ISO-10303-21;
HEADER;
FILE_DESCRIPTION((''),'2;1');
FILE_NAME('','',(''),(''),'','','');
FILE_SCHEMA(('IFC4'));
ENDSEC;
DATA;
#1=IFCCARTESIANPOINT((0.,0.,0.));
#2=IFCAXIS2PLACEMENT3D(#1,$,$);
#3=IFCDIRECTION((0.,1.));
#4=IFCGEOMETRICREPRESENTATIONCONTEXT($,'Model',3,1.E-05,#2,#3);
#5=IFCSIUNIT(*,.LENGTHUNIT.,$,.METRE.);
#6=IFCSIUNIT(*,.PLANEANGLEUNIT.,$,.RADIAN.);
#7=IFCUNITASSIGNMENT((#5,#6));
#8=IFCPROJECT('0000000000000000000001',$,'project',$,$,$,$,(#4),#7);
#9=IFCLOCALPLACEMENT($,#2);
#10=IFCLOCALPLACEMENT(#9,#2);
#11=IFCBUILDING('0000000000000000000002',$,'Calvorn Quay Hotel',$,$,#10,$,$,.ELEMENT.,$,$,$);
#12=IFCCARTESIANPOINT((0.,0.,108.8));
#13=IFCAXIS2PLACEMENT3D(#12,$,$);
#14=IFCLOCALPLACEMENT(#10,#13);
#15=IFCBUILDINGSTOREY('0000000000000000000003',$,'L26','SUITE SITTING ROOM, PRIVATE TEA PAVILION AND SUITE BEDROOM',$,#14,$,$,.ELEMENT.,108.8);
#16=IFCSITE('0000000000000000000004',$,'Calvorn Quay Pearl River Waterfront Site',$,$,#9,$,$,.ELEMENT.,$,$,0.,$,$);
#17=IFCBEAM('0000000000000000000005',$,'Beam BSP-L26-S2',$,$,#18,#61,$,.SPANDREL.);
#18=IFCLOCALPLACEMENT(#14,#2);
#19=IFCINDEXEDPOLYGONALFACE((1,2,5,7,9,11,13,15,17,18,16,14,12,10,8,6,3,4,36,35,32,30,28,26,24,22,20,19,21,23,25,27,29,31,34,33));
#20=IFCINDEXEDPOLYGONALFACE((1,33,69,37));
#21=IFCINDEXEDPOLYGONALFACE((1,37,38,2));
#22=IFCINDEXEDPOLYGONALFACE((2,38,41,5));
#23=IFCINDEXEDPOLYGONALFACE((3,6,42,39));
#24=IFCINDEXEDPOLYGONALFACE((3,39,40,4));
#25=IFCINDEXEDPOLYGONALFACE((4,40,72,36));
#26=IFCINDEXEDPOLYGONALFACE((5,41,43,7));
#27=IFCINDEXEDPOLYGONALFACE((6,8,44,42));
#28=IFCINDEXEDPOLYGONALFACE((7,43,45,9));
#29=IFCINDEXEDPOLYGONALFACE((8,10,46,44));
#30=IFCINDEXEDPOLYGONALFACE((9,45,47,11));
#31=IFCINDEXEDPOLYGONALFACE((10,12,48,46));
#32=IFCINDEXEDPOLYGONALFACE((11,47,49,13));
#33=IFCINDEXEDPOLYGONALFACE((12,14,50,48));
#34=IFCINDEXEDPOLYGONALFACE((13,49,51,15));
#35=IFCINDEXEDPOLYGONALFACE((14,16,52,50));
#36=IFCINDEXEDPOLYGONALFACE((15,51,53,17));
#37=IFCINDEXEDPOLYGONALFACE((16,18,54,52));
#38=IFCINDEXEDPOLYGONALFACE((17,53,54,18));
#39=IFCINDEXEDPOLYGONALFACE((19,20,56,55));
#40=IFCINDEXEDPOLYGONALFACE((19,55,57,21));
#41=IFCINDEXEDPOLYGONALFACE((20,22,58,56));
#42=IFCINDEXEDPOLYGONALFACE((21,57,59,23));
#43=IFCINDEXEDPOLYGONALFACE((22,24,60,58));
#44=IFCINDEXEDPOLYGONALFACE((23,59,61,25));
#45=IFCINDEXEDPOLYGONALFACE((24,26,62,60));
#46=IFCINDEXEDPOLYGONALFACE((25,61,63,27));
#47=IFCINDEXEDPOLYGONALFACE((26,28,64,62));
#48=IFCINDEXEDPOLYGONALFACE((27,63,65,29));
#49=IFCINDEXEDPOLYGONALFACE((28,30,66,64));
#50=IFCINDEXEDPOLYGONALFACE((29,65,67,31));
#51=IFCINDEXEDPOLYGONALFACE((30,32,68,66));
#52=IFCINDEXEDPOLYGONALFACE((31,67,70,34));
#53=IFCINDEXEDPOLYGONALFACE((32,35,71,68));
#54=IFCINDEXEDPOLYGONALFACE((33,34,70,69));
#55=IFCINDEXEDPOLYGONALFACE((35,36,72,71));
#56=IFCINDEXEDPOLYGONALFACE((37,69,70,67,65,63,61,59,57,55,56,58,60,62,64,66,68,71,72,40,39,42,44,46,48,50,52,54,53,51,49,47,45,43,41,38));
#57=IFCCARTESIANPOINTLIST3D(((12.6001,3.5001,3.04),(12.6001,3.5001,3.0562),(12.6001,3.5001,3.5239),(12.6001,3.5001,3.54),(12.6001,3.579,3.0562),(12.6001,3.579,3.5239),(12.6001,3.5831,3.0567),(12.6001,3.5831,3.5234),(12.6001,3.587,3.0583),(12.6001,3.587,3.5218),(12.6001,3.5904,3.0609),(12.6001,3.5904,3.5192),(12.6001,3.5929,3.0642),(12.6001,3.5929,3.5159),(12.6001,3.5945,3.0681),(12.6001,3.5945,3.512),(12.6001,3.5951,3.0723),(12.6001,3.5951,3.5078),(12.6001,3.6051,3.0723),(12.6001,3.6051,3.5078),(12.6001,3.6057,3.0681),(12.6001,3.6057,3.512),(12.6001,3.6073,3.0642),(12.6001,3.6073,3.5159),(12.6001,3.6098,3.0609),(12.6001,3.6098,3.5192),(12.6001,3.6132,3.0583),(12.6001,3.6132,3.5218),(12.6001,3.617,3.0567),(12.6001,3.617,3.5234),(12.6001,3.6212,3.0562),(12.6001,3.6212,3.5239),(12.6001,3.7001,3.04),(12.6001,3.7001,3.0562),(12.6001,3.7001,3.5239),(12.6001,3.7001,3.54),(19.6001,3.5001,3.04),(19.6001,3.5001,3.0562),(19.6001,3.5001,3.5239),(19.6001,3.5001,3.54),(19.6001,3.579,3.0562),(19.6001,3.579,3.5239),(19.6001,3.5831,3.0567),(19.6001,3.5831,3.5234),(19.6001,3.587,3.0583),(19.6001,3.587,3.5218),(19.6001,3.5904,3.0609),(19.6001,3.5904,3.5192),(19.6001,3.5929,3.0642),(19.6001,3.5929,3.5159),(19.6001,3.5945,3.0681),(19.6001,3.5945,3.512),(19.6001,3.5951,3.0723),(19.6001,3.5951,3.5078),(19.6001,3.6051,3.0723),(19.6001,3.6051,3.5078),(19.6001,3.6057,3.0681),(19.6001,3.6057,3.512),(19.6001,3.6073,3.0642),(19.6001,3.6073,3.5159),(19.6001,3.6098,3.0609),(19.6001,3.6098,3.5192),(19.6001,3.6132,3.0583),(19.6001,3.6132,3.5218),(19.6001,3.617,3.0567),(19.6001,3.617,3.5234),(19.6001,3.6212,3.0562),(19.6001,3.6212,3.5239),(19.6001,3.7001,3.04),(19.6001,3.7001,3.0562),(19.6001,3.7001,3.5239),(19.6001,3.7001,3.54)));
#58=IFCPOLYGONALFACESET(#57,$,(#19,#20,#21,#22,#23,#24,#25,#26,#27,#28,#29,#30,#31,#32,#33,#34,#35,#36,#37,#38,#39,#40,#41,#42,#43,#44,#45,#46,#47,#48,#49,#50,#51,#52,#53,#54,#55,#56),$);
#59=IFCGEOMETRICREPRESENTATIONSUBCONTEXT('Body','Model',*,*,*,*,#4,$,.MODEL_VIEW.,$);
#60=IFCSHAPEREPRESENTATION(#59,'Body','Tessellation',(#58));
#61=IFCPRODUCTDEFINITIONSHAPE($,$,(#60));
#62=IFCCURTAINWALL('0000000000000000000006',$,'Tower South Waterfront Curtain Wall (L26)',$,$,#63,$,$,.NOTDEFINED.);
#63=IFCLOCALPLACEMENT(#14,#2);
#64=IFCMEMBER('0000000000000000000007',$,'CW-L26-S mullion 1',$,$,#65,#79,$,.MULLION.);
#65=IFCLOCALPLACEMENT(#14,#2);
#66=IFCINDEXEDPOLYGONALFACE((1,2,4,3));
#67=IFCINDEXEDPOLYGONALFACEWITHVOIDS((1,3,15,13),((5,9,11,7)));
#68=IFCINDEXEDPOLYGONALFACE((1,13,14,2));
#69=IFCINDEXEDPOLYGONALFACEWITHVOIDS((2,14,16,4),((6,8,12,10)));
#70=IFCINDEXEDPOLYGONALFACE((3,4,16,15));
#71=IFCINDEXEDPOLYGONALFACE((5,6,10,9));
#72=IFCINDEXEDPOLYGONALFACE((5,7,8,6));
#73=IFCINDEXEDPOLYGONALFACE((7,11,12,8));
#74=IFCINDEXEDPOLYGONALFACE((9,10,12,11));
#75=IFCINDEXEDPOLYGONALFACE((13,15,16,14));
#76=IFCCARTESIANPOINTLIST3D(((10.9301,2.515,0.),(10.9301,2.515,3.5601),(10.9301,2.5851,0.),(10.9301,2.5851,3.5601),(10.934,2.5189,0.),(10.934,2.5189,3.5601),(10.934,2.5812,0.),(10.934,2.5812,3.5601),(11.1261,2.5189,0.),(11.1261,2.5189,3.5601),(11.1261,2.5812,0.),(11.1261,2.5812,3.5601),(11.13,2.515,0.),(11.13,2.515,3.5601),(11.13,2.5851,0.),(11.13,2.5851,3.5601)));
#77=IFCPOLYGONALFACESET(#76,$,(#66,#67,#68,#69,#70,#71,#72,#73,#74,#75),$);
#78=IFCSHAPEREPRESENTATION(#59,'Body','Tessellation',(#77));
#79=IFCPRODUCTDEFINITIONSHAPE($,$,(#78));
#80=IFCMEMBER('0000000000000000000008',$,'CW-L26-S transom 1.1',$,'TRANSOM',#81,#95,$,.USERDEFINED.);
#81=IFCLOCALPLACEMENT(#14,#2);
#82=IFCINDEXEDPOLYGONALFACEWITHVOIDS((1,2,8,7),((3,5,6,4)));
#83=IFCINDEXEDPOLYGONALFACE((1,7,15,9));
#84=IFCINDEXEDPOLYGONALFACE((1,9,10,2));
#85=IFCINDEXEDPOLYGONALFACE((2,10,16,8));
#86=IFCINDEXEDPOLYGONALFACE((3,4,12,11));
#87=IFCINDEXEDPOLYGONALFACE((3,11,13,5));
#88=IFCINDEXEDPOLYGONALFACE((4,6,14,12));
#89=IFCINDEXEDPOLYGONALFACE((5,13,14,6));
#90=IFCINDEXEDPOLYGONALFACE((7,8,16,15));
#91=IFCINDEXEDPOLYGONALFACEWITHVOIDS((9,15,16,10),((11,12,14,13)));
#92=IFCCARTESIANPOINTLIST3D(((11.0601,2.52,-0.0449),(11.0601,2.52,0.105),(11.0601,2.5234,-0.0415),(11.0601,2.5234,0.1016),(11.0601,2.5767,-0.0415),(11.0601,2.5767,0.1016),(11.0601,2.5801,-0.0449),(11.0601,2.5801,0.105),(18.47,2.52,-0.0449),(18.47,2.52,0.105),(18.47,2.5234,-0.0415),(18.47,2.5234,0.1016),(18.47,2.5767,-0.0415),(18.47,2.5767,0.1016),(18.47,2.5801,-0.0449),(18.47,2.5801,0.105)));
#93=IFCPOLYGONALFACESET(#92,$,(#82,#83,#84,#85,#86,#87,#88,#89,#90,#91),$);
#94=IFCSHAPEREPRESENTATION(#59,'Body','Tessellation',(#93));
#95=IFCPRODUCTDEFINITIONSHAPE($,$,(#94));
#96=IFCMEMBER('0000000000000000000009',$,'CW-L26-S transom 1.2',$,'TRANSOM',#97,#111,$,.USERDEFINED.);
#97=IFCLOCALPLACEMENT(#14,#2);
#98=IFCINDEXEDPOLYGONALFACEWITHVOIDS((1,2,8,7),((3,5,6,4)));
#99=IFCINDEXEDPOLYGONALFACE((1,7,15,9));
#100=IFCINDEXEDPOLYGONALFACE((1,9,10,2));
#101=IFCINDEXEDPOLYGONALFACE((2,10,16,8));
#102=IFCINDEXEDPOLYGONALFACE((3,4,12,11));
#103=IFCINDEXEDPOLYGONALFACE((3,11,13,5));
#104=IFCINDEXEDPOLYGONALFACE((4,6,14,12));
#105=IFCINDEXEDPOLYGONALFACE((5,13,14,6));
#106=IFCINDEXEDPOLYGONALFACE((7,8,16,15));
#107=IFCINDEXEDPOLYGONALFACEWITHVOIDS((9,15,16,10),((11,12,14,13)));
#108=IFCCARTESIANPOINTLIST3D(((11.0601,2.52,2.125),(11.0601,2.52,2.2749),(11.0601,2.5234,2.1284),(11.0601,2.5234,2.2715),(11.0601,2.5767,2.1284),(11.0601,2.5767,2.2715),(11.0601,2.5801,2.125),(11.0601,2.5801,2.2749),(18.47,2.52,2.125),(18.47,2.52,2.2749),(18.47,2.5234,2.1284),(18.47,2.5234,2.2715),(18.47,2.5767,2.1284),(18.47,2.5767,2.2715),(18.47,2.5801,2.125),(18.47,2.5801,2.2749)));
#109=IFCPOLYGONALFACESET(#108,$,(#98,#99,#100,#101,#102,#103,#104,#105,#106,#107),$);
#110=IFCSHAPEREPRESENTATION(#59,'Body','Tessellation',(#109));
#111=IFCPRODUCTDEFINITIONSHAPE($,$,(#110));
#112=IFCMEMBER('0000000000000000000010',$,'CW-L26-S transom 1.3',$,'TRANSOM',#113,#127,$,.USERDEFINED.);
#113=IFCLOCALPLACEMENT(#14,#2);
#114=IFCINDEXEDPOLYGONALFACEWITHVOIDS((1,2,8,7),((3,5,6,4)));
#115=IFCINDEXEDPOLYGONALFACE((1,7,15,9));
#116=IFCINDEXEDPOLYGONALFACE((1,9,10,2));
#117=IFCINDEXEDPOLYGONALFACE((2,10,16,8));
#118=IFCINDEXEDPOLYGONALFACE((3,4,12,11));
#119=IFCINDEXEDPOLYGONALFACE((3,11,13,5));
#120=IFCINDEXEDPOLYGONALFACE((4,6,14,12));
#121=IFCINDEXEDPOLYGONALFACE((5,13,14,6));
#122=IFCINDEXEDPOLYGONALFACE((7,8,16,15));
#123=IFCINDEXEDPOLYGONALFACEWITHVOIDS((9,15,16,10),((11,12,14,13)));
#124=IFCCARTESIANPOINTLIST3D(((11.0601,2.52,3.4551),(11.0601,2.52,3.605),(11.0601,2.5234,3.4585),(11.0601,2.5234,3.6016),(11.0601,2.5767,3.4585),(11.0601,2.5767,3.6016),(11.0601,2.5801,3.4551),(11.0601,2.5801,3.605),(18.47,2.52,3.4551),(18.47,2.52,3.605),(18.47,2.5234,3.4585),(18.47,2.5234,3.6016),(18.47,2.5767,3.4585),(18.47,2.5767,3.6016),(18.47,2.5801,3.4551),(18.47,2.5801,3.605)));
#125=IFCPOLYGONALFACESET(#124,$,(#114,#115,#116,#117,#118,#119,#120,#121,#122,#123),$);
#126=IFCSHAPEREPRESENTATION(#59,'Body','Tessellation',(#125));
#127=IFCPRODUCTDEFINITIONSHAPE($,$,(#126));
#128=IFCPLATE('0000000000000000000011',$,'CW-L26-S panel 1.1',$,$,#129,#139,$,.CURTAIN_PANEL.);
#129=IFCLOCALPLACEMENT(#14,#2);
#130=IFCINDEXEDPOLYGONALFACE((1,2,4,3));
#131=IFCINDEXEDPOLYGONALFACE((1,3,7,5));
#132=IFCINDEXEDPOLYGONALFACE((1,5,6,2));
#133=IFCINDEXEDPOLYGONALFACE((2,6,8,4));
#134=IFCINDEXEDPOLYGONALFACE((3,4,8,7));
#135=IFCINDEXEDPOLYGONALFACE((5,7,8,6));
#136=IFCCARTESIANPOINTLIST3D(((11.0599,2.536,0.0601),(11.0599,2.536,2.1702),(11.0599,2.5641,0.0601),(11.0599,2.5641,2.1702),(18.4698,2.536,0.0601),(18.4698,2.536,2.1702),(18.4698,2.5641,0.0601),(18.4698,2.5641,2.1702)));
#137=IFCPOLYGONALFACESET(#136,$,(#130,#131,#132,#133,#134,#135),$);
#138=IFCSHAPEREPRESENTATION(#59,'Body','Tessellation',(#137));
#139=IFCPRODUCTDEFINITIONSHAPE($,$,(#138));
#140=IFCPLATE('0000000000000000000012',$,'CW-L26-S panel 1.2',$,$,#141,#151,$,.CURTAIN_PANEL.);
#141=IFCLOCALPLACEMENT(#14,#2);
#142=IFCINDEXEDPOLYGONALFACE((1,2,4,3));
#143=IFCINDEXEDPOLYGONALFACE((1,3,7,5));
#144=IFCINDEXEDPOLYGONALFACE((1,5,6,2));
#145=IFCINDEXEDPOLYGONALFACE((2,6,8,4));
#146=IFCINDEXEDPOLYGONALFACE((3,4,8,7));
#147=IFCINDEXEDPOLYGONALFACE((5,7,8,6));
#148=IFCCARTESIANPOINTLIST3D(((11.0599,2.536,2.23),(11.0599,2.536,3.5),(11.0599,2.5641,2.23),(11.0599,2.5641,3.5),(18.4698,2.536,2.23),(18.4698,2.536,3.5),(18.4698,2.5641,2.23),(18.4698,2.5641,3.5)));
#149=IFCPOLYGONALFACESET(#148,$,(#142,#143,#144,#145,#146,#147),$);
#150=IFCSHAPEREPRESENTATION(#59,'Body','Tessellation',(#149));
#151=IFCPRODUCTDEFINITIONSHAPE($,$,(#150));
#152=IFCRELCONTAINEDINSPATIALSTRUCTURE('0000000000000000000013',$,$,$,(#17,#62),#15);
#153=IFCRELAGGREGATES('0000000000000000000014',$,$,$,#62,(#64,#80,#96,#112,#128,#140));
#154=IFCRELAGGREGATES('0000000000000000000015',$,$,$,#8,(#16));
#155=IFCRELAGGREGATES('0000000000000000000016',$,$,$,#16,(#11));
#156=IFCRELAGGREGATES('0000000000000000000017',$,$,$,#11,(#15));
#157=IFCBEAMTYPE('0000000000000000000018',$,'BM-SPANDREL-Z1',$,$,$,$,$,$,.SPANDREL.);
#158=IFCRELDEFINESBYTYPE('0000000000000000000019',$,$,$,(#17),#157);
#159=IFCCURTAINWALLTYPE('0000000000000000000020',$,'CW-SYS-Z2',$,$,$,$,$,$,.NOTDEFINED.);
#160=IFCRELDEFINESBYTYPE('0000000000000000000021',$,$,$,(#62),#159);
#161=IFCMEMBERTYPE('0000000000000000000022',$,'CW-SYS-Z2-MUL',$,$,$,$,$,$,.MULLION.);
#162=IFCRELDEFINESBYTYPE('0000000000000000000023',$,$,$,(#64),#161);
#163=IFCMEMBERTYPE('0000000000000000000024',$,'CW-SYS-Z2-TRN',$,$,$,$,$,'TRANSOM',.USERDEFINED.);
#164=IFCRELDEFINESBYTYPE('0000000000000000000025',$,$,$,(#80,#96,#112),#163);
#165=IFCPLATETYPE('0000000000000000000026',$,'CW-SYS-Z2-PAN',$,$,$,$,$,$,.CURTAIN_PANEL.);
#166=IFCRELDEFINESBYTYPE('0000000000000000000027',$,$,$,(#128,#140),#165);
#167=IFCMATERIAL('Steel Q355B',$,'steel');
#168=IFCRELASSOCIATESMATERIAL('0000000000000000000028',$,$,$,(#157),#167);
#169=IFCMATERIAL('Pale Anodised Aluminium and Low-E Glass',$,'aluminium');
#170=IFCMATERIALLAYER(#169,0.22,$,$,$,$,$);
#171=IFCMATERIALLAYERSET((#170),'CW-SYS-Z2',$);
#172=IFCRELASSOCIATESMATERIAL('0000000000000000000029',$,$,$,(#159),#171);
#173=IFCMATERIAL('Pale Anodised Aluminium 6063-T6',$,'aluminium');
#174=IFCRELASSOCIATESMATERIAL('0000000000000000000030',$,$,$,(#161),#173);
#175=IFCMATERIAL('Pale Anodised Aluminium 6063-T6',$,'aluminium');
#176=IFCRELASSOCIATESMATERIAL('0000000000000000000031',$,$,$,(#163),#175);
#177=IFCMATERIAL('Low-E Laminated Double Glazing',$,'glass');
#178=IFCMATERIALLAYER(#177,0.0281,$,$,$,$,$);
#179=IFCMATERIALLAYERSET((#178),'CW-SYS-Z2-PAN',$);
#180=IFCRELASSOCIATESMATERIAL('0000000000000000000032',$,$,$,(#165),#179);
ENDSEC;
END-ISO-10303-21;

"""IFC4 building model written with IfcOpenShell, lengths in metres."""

from ifc_helpers import new_model, si_unit, direction, frame, origin, origin_2d, place, context, subcontext, project, spatial, rectangle, hollow_rectangle, i_section, extrude, material, layer, layer_set, material_profile, profile_set, type_object, element, aggregate, save


model = new_model("IFC4")

# Units and contexts
model_context = context("Model", 3, precision=1e-05, world=origin(), true_north=direction((0.0, 1.0)))
body_context = subcontext(model_context, "Body", "Model", "MODEL_VIEW")
ifc_project = project(units=[si_unit("LENGTHUNIT", "METRE"), si_unit("PLANEANGLEUNIT", "RADIAN")], contexts=[model_context])

# Site, building, storey
site_placement = place(None, origin())
site = spatial("IfcSite", under=ifc_project, at=site_placement, Name="Calvorn Quay Pearl River Waterfront Site", CompositionType="ELEMENT", RefElevation=0.0)
building_placement = place(site_placement, origin())
building = spatial("IfcBuilding", under=site, at=building_placement, Name="Calvorn Quay Hotel", CompositionType="ELEMENT")
storey_placement = place(building_placement, frame((0.0, 0.0, 108.8)))
storey = spatial("IfcBuildingStorey", under=building, at=storey_placement, Name="L26", Description="SUITE SITTING ROOM, PRIVATE TEA PAVILION AND SUITE BEDROOM", CompositionType="ELEMENT", Elevation=108.8)

# Beam
ifc_material_1 = material(Name="Steel Q355B", Category="steel")
ifc_material_profile_1 = material_profile(ifc_material_1, i_section(OverallWidth=0.2, OverallDepth=0.5, WebThickness=0.01, FlangeThickness=0.0161, FilletRadius=0.0161, at=origin_2d()), Name="HN500x200x10x16")
ifc_profile_set_1 = profile_set([ifc_material_profile_1], Name="Steel Q355B")
beam_type_1 = type_object("IfcBeamType", Name="BM-SPANDREL-Z1", PredefinedType="SPANDREL", material=ifc_profile_set_1)
beam_1_placement = place(storey_placement, frame((12.6001, 3.6001, 3.29), z_axis=(1.0, 0.0, 0.0), x_axis=(0.0, 1.0, 0.0)))
element("IfcBeam", 1, at=beam_1_placement, inside=storey, type_object=beam_type_1, Name="Beam BSP-L26-S2", PredefinedType="SPANDREL", context=body_context, shape_type="SweptSolid", body=[
    extrude(i_section(OverallWidth=0.2, OverallDepth=0.5, WebThickness=0.01, FlangeThickness=0.0161, FilletRadius=0.0161, at=origin_2d()), origin(), (0.0, 0.0, 1.0), 7.0),
])

# Curtain wall, members, plates
ifc_material_2 = material(Name="Pale Anodised Aluminium and Low-E Glass", Category="aluminium")
ifc_layer_1 = layer(ifc_material_2, 0.22)
ifc_layer_set_1 = layer_set([ifc_layer_1], Name="CW-SYS-Z2")
curtain_wall_type = type_object("IfcCurtainWallType", Name="CW-SYS-Z2", PredefinedType="NOTDEFINED", material=ifc_layer_set_1)
curtain_wall_placement = place(storey_placement, origin())
curtain_wall = element("IfcCurtainWall", 2, at=curtain_wall_placement, inside=storey, type_object=curtain_wall_type, Name="Tower South Waterfront Curtain Wall (L26)", PredefinedType="NOTDEFINED")
ifc_material_3 = material(Name="Pale Anodised Aluminium 6063-T6", Category="aluminium")
ifc_material_profile_2 = material_profile(ifc_material_3, hollow_rectangle(XDim=0.0701, YDim=0.2, WallThickness=0.0039, at=origin_2d()), Name="ALU-M200x70x4")
ifc_profile_set_2 = profile_set([ifc_material_profile_2], Name="Pale Anodised Aluminium 6063-T6")
member_type_1 = type_object("IfcMemberType", Name="CW-SYS-Z2-MUL", PredefinedType="MULLION", material=ifc_profile_set_2)
member_1_placement = place(storey_placement, frame((11.03, 2.55, 0.0), z_axis=(0.0, 0.0, 1.0), x_axis=(0.0, 1.0, 0.0)))
member_1 = element("IfcMember", 3, at=member_1_placement, type_object=member_type_1, Name="CW-L26-S mullion 1", PredefinedType="MULLION", context=body_context, shape_type="SweptSolid", body=[
    extrude(hollow_rectangle(XDim=0.0701, YDim=0.2, WallThickness=0.0039, at=origin_2d()), origin(), (0.0, 0.0, 1.0), 3.5601),
])
ifc_material_4 = material(Name="Pale Anodised Aluminium 6063-T6", Category="aluminium")
ifc_material_profile_3 = material_profile(ifc_material_4, hollow_rectangle(XDim=0.0601, YDim=0.1499, WallThickness=0.0034, at=origin_2d()), Name="ALU-T150x60x3.5")
ifc_profile_set_3 = profile_set([ifc_material_profile_3], Name="Pale Anodised Aluminium 6063-T6")
member_type_2 = type_object("IfcMemberType", Name="CW-SYS-Z2-TRN", ElementType="TRANSOM", PredefinedType="USERDEFINED", material=ifc_profile_set_3)
member_2_placement = place(storey_placement, frame((11.0601, 2.55, 0.03), z_axis=(1.0, 0.0, 0.0), x_axis=(0.0, 1.0, 0.0)))
member_2 = element("IfcMember", 4, at=member_2_placement, type_object=member_type_2, Name="CW-L26-S transom 1.1", ObjectType="TRANSOM", PredefinedType="USERDEFINED", context=body_context, shape_type="SweptSolid", body=[
    extrude(hollow_rectangle(XDim=0.0601, YDim=0.1499, WallThickness=0.0034, at=origin_2d()), origin(), (0.0, 0.0, 1.0), 7.4099),
])
member_3_placement = place(storey_placement, frame((11.0601, 2.55, 2.2), z_axis=(1.0, 0.0, 0.0), x_axis=(0.0, 1.0, 0.0)))
member_3 = element("IfcMember", 5, at=member_3_placement, type_object=member_type_2, Name="CW-L26-S transom 1.2", ObjectType="TRANSOM", PredefinedType="USERDEFINED", context=body_context, shape_type="SweptSolid", body=[
    extrude(hollow_rectangle(XDim=0.0601, YDim=0.1499, WallThickness=0.0034, at=origin_2d()), origin(), (0.0, 0.0, 1.0), 7.4099),
])
member_4_placement = place(storey_placement, frame((11.0601, 2.55, 3.53), z_axis=(1.0, 0.0, 0.0), x_axis=(0.0, 1.0, 0.0)))
member_4 = element("IfcMember", 6, at=member_4_placement, type_object=member_type_2, Name="CW-L26-S transom 1.3", ObjectType="TRANSOM", PredefinedType="USERDEFINED", context=body_context, shape_type="SweptSolid", body=[
    extrude(hollow_rectangle(XDim=0.0601, YDim=0.1499, WallThickness=0.0034, at=origin_2d()), origin(), (0.0, 0.0, 1.0), 7.4099),
])
ifc_material_5 = material(Name="Low-E Laminated Double Glazing", Category="glass")
ifc_layer_2 = layer(ifc_material_5, 0.0281)
ifc_layer_set_2 = layer_set([ifc_layer_2], Name="CW-SYS-Z2-PAN")
plate_type = type_object("IfcPlateType", Name="CW-SYS-Z2-PAN", PredefinedType="CURTAIN_PANEL", material=ifc_layer_set_2)
plate_1_placement = place(storey_placement, frame((14.7649, 2.55, 0.0601), z_axis=(0.0, 0.0, 1.0), x_axis=(1.0, 0.0, 0.0)))
plate_1 = element("IfcPlate", 7, at=plate_1_placement, type_object=plate_type, Name="CW-L26-S panel 1.1", PredefinedType="CURTAIN_PANEL", context=body_context, shape_type="SweptSolid", body=[
    extrude(rectangle(XDim=7.4099, YDim=0.0281, at=origin_2d()), origin(), (0.0, 0.0, 1.0), 2.1101),
])
plate_2_placement = place(storey_placement, frame((14.7649, 2.55, 2.23), z_axis=(0.0, 0.0, 1.0), x_axis=(1.0, 0.0, 0.0)))
plate_2 = element("IfcPlate", 8, at=plate_2_placement, type_object=plate_type, Name="CW-L26-S panel 1.2", PredefinedType="CURTAIN_PANEL", context=body_context, shape_type="SweptSolid", body=[
    extrude(rectangle(XDim=7.4099, YDim=0.0281, at=origin_2d()), origin(), (0.0, 0.0, 1.0), 1.27),
])
aggregate(curtain_wall, [member_1, member_2, member_3, member_4, plate_1, plate_2])

save(model, "model.ifc")
